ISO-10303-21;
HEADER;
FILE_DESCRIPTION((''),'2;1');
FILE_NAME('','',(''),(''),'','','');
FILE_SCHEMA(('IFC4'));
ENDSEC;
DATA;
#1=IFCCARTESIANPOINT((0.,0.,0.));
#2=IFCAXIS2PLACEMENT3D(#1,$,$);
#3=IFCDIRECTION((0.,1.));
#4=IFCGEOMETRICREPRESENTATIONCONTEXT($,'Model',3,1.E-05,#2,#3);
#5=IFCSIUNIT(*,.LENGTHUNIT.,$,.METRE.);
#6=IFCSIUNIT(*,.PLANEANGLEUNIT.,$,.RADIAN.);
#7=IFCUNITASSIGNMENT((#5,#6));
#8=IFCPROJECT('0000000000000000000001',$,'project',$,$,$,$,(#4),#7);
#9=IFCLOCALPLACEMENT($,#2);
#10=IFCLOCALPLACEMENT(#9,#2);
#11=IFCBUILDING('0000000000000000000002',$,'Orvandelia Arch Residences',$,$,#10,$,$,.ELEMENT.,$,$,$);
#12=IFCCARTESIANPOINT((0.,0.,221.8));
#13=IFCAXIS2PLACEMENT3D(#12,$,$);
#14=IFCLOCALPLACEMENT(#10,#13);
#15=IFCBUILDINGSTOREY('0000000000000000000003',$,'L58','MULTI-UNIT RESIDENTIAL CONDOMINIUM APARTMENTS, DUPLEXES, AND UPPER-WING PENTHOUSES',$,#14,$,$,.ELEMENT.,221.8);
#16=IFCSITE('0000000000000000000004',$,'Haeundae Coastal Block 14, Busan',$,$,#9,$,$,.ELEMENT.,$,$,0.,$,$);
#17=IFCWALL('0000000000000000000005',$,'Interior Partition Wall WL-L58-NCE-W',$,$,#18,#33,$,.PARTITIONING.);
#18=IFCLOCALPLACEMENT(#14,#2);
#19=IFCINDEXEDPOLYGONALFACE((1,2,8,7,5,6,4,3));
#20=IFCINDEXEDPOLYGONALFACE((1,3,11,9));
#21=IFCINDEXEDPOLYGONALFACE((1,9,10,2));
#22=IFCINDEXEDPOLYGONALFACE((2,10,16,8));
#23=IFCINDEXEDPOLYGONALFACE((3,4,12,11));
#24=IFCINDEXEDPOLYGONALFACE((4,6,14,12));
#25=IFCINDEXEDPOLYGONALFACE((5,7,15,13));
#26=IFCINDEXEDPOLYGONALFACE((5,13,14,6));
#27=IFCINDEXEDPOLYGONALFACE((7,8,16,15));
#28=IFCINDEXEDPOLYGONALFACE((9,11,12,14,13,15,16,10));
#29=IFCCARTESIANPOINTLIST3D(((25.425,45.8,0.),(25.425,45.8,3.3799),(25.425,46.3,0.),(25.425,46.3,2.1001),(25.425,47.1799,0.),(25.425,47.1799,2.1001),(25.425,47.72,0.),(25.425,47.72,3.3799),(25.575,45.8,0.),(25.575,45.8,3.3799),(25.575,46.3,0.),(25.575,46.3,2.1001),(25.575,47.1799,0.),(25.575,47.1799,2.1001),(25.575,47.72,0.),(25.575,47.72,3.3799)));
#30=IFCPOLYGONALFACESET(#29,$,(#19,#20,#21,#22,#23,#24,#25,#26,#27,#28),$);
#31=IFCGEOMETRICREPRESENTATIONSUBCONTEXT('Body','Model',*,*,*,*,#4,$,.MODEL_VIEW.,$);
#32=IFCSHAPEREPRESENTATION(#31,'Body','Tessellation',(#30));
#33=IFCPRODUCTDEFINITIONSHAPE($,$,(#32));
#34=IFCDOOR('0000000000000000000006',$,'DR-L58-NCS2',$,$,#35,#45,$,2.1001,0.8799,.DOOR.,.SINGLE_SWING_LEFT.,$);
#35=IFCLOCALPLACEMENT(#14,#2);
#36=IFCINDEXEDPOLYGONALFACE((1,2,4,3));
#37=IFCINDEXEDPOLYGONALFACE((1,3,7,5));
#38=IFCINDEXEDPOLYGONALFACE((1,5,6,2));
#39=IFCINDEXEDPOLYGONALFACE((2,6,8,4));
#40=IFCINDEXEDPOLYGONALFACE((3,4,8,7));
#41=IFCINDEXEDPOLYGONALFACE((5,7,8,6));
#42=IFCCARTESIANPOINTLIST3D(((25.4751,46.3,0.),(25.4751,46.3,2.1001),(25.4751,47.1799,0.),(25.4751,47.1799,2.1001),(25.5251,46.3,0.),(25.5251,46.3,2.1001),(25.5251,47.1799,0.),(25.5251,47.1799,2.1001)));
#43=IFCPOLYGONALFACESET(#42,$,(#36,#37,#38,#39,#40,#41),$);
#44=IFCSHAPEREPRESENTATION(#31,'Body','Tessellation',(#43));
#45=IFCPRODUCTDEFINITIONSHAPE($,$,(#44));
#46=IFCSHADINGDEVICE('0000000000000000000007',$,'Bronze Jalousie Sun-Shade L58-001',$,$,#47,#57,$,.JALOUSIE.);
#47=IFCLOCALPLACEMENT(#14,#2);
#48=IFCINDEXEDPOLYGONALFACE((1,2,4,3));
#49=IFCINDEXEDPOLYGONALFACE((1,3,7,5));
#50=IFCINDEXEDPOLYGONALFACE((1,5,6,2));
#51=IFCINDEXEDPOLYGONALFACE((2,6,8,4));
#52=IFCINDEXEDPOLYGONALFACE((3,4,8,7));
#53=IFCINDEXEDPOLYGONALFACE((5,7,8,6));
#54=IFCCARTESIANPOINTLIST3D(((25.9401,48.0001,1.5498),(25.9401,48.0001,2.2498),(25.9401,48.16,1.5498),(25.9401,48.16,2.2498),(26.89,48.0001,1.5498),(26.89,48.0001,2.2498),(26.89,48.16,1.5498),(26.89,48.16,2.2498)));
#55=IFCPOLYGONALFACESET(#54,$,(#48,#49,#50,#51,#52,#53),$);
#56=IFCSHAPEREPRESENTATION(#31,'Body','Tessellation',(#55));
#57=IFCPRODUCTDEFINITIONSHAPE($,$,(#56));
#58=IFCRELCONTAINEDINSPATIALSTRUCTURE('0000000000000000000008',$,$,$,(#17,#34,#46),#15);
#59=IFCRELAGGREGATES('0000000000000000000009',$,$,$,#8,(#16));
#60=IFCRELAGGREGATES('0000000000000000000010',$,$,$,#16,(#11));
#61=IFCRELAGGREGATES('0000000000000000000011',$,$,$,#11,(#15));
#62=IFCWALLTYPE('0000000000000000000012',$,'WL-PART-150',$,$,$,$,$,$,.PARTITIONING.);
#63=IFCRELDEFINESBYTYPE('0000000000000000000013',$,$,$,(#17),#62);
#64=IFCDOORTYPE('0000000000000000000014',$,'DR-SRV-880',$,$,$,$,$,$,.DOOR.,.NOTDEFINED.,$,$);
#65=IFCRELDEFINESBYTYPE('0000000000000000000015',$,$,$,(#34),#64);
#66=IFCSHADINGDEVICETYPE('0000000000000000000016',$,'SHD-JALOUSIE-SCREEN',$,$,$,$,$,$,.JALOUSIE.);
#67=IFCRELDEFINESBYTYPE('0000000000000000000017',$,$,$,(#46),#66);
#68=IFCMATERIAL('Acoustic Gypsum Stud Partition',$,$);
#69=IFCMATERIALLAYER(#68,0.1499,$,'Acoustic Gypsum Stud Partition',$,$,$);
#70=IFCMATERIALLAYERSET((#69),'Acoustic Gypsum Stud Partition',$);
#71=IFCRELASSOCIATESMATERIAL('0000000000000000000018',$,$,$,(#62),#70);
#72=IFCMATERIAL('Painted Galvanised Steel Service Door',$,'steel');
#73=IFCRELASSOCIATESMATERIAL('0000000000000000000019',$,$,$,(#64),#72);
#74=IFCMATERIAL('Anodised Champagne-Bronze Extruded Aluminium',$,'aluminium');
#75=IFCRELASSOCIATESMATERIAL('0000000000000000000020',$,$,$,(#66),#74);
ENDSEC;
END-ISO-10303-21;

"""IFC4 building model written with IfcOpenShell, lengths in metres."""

from ifc_helpers import new_model, si_unit, direction, frame, frame_2d, origin, origin_2d, place, context, subcontext, project, spatial, rectangle, extrude, material, layer, layer_set, type_object, element, fill, save


model = new_model("IFC4")

# Units and contexts
model_context = context("Model", 3, precision=1e-05, world=origin(), true_north=direction((0.0, 1.0)))
body_context = subcontext(model_context, "Body", "Model", "MODEL_VIEW")
ifc_project = project(units=[si_unit("LENGTHUNIT", "METRE"), si_unit("PLANEANGLEUNIT", "RADIAN")], contexts=[model_context])

# Site, building, storey
site_placement = place(None, origin())
site = spatial("IfcSite", under=ifc_project, at=site_placement, Name="Haeundae Coastal Block 14, Busan", CompositionType="ELEMENT", RefElevation=0.0)
building_placement = place(site_placement, origin())
building = spatial("IfcBuilding", under=site, at=building_placement, Name="Orvandelia Arch Residences", CompositionType="ELEMENT")
storey_placement = place(building_placement, frame((0.0, 0.0, 221.8)))
storey = spatial("IfcBuildingStorey", under=building, at=storey_placement, Name="L58", Description="MULTI-UNIT RESIDENTIAL CONDOMINIUM APARTMENTS, DUPLEXES, AND UPPER-WING PENTHOUSES", CompositionType="ELEMENT", Elevation=221.8)

# Wall, opening, door
ifc_material_1 = material(Name="Acoustic Gypsum Stud Partition")
ifc_layer_1 = layer(ifc_material_1, 0.1499, Name="Acoustic Gypsum Stud Partition")
ifc_layer_set_1 = layer_set([ifc_layer_1], Name="Acoustic Gypsum Stud Partition")
wall_type_1 = type_object("IfcWallType", Name="WL-PART-150", PredefinedType="PARTITIONING", material=ifc_layer_set_1)
wall_1_placement = place(storey_placement, frame((25.5, 45.8, 0.0), z_axis=(0.0, 0.0, 1.0), x_axis=(0.0, 1.0, 0.0)))
wall_1 = element("IfcWall", 1, at=wall_1_placement, inside=storey, type_object=wall_type_1, Name="Interior Partition Wall WL-L58-NCE-W", PredefinedType="PARTITIONING", context=body_context, shape_type="SweptSolid", body=[
    extrude(rectangle(XDim=1.9199, YDim=0.1499, at=frame_2d((0.96, 0.0))), origin(), (0.0, 0.0, 1.0), 3.3799),
])
opening_1_placement = place(wall_1_placement, frame((0.5, 0.0, 0.0)))
opening_1 = element("IfcOpeningElement", 2, at=opening_1_placement, cuts=wall_1, PredefinedType="OPENING", context=body_context, shape_type="SweptSolid", body=[
    extrude(rectangle(XDim=0.8799, YDim=2.1001, at=frame_2d((0.4399, 1.05))), frame((0.0, 0.085, 0.0), z_axis=(0.0, -1.0, 0.0), x_axis=(1.0, 0.0, 0.0)), (0.0, 0.0, 1.0), 0.1699),
])
ifc_material_2 = material(Name="Painted Galvanised Steel Service Door", Category="steel")
door_type_1 = type_object("IfcDoorType", Name="DR-SRV-880", OperationType="NOTDEFINED", PredefinedType="DOOR", material=ifc_material_2)
door_1_placement = place(opening_1_placement, origin())
door_1 = element("IfcDoor", 3, at=door_1_placement, inside=storey, type_object=door_type_1, Name="DR-L58-NCS2", OperationType="SINGLE_SWING_LEFT", OverallHeight=2.1001, OverallWidth=0.8799, PredefinedType="DOOR", context=body_context, shape_type="SweptSolid", body=[
    extrude(rectangle(XDim=0.8799, YDim=2.1001, at=frame_2d((0.4399, 1.05))), frame((0.0, 0.0249, 0.0), z_axis=(0.0, -1.0, 0.0), x_axis=(1.0, 0.0, 0.0)), (0.0, 0.0, 1.0), 0.05),
])
fill(opening_1, door_1)

# Shading device
ifc_material_3 = material(Name="Anodised Champagne-Bronze Extruded Aluminium", Category="aluminium")
shading_device_type = type_object("IfcShadingDeviceType", Name="SHD-JALOUSIE-SCREEN", PredefinedType="JALOUSIE", material=ifc_material_3)
shading_device_placement = place(storey_placement, frame((26.415, 48.0801, 1.5498), z_axis=(0.0, 0.0, 1.0), x_axis=(1.0, 0.0, 0.0)))
element("IfcShadingDevice", 4, at=shading_device_placement, inside=storey, type_object=shading_device_type, Name="Bronze Jalousie Sun-Shade L58-001", PredefinedType="JALOUSIE", context=body_context, shape_type="SweptSolid", body=[
    extrude(rectangle(XDim=0.95, YDim=0.1599, at=origin_2d()), origin(), (0.0, 0.0, 1.0), 0.7),
])

save(model, "model.ifc")
